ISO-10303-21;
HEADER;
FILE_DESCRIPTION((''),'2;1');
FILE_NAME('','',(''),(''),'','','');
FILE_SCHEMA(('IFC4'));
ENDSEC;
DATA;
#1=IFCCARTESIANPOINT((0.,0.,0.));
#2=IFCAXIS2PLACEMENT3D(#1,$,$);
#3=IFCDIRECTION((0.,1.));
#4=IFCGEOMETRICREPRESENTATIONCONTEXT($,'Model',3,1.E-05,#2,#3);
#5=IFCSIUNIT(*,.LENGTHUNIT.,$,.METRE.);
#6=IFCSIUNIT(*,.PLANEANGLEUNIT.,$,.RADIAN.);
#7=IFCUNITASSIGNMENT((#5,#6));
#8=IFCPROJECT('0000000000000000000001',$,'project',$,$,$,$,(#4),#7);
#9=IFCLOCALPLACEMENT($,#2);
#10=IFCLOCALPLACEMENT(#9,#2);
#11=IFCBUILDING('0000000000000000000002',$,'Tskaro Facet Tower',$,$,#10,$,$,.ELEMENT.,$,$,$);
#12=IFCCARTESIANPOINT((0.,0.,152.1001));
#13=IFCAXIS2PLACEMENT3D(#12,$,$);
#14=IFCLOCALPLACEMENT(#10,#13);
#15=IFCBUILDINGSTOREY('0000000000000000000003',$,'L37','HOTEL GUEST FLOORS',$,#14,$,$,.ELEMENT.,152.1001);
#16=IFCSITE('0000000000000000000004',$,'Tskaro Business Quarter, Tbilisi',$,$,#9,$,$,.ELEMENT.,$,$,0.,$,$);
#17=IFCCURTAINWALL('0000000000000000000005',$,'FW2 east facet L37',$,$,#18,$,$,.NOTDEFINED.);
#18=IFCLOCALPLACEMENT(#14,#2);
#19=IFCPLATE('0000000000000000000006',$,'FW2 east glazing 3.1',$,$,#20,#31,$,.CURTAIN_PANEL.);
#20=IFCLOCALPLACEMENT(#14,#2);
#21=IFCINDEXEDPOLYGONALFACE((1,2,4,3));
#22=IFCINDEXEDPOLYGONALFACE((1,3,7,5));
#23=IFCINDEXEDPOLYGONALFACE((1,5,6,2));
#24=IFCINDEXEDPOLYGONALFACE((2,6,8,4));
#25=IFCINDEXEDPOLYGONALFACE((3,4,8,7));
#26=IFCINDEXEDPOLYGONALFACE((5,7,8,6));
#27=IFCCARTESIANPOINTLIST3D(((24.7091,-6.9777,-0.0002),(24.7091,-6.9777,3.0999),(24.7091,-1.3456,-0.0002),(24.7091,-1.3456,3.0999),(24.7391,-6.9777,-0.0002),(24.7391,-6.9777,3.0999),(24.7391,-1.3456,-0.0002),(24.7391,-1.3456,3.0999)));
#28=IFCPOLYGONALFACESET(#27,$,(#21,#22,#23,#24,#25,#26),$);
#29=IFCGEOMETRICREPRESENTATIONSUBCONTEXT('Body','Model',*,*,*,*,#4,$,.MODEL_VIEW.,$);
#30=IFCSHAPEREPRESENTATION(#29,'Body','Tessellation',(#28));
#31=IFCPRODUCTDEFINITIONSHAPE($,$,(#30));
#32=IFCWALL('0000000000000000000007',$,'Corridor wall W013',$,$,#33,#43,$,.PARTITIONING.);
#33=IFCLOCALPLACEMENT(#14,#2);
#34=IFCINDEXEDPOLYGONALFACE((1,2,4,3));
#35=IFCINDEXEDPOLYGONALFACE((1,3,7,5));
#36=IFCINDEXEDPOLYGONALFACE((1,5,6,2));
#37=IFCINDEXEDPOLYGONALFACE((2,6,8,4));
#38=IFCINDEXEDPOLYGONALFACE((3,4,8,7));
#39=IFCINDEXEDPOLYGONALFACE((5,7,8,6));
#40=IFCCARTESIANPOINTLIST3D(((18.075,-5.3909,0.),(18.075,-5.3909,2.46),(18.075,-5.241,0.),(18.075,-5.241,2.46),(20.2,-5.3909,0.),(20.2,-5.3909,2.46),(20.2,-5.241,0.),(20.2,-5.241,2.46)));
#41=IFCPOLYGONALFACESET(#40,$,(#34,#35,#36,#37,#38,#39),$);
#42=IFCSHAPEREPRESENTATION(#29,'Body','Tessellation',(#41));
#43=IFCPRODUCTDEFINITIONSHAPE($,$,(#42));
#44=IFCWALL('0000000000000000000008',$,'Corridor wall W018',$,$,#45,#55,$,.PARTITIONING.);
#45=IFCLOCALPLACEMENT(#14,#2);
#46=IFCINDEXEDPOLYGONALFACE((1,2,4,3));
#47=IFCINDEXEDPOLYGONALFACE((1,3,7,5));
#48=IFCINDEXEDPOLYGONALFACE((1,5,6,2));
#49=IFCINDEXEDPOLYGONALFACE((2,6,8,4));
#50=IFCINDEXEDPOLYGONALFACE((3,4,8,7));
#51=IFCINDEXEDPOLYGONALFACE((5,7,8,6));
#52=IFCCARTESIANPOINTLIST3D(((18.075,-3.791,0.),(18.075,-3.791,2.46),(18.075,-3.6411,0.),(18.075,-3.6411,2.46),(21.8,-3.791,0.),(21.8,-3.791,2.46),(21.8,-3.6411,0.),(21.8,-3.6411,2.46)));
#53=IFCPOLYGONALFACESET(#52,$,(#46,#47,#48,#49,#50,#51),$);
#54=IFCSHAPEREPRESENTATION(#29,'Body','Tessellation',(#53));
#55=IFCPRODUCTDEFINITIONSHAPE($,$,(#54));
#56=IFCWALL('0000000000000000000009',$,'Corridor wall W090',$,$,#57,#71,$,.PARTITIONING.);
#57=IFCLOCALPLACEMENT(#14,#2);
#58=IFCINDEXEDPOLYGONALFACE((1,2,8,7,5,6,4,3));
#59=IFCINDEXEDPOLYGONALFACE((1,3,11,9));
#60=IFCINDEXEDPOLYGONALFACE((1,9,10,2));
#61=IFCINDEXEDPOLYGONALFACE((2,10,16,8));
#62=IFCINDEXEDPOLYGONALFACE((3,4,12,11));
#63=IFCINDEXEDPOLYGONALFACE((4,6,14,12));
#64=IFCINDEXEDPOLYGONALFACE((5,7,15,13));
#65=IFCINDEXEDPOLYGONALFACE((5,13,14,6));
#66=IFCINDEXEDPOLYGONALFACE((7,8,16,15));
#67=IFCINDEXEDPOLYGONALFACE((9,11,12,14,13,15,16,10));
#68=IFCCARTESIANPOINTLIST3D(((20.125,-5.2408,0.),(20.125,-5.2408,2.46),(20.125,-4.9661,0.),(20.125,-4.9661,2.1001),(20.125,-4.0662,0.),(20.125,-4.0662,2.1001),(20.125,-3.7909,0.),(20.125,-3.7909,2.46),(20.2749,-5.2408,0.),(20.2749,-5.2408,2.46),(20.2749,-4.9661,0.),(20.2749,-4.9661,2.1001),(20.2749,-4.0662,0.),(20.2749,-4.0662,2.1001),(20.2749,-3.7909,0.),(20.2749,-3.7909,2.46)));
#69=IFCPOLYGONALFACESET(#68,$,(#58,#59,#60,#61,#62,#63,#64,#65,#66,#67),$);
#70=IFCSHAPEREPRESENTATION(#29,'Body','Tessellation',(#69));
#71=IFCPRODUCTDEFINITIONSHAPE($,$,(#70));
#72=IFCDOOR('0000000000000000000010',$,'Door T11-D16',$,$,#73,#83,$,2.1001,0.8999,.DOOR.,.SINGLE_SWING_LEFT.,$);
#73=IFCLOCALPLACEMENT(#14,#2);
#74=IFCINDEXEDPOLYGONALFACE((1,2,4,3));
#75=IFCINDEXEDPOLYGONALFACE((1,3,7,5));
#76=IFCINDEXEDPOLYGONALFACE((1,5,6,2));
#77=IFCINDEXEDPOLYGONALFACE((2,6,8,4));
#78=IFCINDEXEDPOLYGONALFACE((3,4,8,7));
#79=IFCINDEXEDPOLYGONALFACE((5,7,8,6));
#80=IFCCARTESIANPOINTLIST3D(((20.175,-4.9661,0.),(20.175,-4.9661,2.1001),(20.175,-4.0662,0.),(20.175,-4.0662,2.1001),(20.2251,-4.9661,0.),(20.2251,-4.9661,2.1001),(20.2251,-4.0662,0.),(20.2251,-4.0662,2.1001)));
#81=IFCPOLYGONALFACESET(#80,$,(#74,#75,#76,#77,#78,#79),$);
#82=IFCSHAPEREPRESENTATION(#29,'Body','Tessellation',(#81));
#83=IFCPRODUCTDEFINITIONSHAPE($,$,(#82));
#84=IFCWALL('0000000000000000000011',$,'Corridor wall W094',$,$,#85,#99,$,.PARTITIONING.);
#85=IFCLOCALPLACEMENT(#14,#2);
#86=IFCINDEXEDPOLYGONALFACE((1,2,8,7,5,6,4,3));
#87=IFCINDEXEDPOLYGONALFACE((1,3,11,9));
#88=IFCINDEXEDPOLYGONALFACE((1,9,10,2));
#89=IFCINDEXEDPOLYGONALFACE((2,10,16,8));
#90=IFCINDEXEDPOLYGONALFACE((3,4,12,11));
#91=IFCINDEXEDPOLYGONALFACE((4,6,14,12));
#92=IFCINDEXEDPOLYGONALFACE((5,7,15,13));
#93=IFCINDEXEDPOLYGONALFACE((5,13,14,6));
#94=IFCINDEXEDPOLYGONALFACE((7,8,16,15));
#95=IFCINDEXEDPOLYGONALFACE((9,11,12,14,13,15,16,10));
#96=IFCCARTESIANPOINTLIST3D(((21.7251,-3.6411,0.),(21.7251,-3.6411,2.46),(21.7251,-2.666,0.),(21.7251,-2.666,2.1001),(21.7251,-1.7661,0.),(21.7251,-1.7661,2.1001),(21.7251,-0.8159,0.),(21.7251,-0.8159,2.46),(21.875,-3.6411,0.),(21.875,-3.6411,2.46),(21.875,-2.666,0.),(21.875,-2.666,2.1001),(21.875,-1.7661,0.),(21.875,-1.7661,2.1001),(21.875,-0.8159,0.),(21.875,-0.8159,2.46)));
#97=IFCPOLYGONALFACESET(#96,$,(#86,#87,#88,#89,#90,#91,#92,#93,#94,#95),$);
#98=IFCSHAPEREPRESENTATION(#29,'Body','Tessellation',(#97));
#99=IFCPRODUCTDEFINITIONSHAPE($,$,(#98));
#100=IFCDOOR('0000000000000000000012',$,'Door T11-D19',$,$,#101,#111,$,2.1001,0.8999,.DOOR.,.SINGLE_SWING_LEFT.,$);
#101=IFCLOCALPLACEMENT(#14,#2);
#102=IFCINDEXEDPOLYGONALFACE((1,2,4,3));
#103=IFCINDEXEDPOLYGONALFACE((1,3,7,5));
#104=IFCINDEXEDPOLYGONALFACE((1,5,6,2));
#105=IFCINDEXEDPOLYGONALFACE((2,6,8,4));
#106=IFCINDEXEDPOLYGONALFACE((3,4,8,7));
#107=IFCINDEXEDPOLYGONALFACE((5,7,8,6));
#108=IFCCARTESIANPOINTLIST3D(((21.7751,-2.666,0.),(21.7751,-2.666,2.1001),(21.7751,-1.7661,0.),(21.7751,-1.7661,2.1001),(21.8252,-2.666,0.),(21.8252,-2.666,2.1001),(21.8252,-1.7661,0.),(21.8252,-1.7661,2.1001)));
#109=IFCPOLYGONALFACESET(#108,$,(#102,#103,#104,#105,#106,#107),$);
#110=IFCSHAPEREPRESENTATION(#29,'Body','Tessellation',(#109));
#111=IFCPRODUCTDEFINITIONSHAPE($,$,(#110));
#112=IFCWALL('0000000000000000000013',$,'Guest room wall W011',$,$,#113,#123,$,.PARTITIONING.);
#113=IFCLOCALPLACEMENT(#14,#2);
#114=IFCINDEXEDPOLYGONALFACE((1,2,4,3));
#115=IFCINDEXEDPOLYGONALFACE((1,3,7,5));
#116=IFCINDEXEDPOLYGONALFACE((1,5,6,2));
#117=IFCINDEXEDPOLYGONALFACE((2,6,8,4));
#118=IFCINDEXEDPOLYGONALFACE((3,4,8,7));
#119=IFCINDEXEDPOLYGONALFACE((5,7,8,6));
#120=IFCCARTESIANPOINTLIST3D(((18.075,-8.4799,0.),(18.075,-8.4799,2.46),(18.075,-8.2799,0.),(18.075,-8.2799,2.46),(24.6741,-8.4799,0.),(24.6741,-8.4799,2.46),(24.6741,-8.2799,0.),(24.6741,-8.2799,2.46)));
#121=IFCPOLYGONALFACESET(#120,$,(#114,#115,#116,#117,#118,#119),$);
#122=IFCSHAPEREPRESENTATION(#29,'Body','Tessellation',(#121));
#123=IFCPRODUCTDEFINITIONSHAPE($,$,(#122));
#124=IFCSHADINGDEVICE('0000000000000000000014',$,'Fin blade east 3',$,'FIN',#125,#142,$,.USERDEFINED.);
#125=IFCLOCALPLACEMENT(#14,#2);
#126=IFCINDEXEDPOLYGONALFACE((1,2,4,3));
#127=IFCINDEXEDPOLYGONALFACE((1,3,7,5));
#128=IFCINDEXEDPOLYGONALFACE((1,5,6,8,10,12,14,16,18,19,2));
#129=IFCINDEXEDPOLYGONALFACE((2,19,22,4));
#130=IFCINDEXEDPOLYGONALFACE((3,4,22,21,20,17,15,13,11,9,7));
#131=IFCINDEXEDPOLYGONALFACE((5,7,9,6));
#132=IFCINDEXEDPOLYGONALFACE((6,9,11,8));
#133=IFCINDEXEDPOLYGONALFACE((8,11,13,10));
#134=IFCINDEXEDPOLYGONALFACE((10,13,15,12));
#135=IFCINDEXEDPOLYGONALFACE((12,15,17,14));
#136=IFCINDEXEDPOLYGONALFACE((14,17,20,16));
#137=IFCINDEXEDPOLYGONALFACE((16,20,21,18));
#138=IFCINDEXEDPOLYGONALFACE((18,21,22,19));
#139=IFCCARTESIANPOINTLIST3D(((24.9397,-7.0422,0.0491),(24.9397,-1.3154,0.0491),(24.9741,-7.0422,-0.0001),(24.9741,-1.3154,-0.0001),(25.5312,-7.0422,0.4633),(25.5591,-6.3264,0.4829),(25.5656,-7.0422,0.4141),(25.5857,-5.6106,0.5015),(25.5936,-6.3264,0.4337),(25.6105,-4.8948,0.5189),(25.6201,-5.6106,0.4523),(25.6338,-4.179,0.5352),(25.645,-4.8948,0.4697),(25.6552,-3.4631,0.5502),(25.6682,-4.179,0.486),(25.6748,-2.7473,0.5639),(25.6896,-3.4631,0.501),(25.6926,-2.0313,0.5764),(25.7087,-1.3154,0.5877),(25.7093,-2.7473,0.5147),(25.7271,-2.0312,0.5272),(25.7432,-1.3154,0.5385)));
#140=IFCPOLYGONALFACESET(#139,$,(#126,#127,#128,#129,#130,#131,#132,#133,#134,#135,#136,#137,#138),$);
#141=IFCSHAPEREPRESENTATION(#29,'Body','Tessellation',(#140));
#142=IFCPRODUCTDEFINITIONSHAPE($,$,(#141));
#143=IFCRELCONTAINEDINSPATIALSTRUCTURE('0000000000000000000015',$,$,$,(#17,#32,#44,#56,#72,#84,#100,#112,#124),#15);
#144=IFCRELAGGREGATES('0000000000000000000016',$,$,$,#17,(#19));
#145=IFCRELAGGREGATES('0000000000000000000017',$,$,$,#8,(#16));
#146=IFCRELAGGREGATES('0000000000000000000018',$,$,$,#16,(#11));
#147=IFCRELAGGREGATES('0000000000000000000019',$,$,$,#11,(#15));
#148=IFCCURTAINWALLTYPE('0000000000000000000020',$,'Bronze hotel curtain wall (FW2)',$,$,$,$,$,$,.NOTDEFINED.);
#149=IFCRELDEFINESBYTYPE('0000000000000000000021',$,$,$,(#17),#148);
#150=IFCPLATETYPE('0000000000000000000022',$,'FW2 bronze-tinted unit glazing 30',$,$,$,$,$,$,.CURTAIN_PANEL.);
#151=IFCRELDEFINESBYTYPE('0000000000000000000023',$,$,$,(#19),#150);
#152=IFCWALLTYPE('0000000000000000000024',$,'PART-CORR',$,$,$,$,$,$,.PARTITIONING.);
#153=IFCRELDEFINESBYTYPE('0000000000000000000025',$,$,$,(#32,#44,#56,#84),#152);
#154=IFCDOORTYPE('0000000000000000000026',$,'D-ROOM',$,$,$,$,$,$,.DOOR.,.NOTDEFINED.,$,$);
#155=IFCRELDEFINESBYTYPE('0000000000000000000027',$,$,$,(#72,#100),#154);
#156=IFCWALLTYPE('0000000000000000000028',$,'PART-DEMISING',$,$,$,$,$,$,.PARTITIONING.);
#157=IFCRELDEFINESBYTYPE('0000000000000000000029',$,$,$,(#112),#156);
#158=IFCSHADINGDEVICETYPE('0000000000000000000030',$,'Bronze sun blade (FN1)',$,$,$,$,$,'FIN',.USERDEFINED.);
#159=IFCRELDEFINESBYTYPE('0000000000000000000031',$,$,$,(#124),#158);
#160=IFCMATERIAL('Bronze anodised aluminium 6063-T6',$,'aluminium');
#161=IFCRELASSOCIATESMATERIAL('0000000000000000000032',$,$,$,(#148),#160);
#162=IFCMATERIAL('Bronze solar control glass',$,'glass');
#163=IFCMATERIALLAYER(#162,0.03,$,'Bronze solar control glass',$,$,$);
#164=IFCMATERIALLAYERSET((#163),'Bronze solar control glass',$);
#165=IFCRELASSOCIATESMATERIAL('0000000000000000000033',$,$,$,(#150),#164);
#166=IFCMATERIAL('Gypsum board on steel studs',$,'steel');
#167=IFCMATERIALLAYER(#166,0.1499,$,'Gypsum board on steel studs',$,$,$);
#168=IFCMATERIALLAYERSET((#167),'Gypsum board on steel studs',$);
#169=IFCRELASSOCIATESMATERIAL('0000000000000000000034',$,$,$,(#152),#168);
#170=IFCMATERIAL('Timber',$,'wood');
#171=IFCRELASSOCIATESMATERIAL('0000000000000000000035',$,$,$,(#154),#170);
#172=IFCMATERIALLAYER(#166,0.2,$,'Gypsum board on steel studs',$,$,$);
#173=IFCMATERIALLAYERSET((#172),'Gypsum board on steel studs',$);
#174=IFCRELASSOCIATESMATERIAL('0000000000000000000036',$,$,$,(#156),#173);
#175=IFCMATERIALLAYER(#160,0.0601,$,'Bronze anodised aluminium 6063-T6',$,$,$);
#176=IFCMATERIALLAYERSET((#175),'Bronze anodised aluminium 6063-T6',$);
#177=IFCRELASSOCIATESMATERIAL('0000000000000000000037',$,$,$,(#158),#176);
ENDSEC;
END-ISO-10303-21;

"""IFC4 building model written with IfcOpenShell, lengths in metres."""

from ifc_helpers import new_model, si_unit, direction, frame, frame_2d, origin, origin_2d, place, context, subcontext, project, spatial, polyline, rectangle, outline, extrude, material, layer, layer_set, type_object, element, fill, aggregate, save


model = new_model("IFC4")

# Units and contexts
model_context = context("Model", 3, precision=1e-05, world=origin(), true_north=direction((0.0, 1.0)))
body_context = subcontext(model_context, "Body", "Model", "MODEL_VIEW")
ifc_project = project(units=[si_unit("LENGTHUNIT", "METRE"), si_unit("PLANEANGLEUNIT", "RADIAN")], contexts=[model_context])

# Site, building, storey
site_placement = place(None, origin())
site = spatial("IfcSite", under=ifc_project, at=site_placement, Name="Tskaro Business Quarter, Tbilisi", CompositionType="ELEMENT", RefElevation=0.0)
building_placement = place(site_placement, origin())
building = spatial("IfcBuilding", under=site, at=building_placement, Name="Tskaro Facet Tower", CompositionType="ELEMENT")
storey_placement = place(building_placement, frame((0.0, 0.0, 152.1001)))
storey = spatial("IfcBuildingStorey", under=building, at=storey_placement, Name="L37", Description="HOTEL GUEST FLOORS", CompositionType="ELEMENT", Elevation=152.1001)

# Curtain wall
ifc_material_1 = material(Name="Bronze anodised aluminium 6063-T6", Category="aluminium")
curtain_wall_type = type_object("IfcCurtainWallType", Name="Bronze hotel curtain wall (FW2)", PredefinedType="NOTDEFINED", material=ifc_material_1)
curtain_wall_placement = place(storey_placement, origin())
curtain_wall = element("IfcCurtainWall", 1, at=curtain_wall_placement, inside=storey, type_object=curtain_wall_type, Name="FW2 east facet L37", PredefinedType="NOTDEFINED")

# Plate
ifc_material_2 = material(Name="Bronze solar control glass", Category="glass")
ifc_layer_1 = layer(ifc_material_2, 0.03, Name="Bronze solar control glass")
ifc_layer_set_1 = layer_set([ifc_layer_1], Name="Bronze solar control glass")
plate_type = type_object("IfcPlateType", Name="FW2 bronze-tinted unit glazing 30", PredefinedType="CURTAIN_PANEL", material=ifc_layer_set_1)
plate_placement = place(storey_placement, frame((24.7241, -4.1616, -0.0002), z_axis=(0.0, 0.0, 1.0), x_axis=(0.0, 1.0, 0.0)))
plate = element("IfcPlate", 2, at=plate_placement, type_object=plate_type, Name="FW2 east glazing 3.1", PredefinedType="CURTAIN_PANEL", context=body_context, shape_type="SweptSolid", body=[
    extrude(rectangle(XDim=5.6321, YDim=0.03, at=origin_2d()), origin(), (0.0, 0.0, 1.0), 3.1001),
])
aggregate(curtain_wall, [plate])

# Walls
ifc_material_3 = material(Name="Gypsum board on steel studs", Category="steel")
ifc_layer_2 = layer(ifc_material_3, 0.1499, Name="Gypsum board on steel studs")
ifc_layer_set_2 = layer_set([ifc_layer_2], Name="Gypsum board on steel studs")
wall_type_1 = type_object("IfcWallType", Name="PART-CORR", PredefinedType="PARTITIONING", material=ifc_layer_set_2)
wall_1_placement = place(storey_placement, frame((18.075, -5.3159, 0.0), z_axis=(0.0, 0.0, 1.0), x_axis=(1.0, 0.0, 0.0)))
element("IfcWall", 3, at=wall_1_placement, inside=storey, type_object=wall_type_1, Name="Corridor wall W013", PredefinedType="PARTITIONING", context=body_context, shape_type="SweptSolid", body=[
    extrude(rectangle(XDim=2.125, YDim=0.1499, at=frame_2d((1.0625, 0.0))), origin(), (0.0, 0.0, 1.0), 2.46),
])
wall_2_placement = place(storey_placement, frame((18.075, -3.7161, 0.0), z_axis=(0.0, 0.0, 1.0), x_axis=(1.0, 0.0, 0.0)))
element("IfcWall", 4, at=wall_2_placement, inside=storey, type_object=wall_type_1, Name="Corridor wall W018", PredefinedType="PARTITIONING", context=body_context, shape_type="SweptSolid", body=[
    extrude(rectangle(XDim=3.7251, YDim=0.1499, at=frame_2d((1.8625, 0.0))), origin(), (0.0, 0.0, 1.0), 2.46),
])

# Walls, openings, doors
wall_3_placement = place(storey_placement, frame((20.2, -5.241, 0.0), z_axis=(0.0, 0.0, 1.0), x_axis=(0.0, 1.0, 0.0)))
wall_3 = element("IfcWall", 5, at=wall_3_placement, inside=storey, type_object=wall_type_1, Name="Corridor wall W090", PredefinedType="PARTITIONING", context=body_context, shape_type="SweptSolid", body=[
    extrude(rectangle(XDim=1.45, YDim=0.1499, at=frame_2d((0.7251, 0.0))), origin(), (0.0, 0.0, 1.0), 2.46),
])
opening_1_placement = place(wall_3_placement, frame((0.2749, 0.0, 0.0)))
opening_1 = element("IfcOpeningElement", 6, at=opening_1_placement, cuts=wall_3, PredefinedType="OPENING", context=body_context, shape_type="SweptSolid", body=[
    extrude(rectangle(XDim=0.8999, YDim=2.1001, at=frame_2d((0.45, 1.05))), frame((0.0, 0.085, 0.0), z_axis=(0.0, -1.0, 0.0), x_axis=(1.0, 0.0, 0.0)), (0.0, 0.0, 1.0), 0.1699),
])
ifc_material_4 = material(Name="Timber", Category="wood")
door_type = type_object("IfcDoorType", Name="D-ROOM", OperationType="NOTDEFINED", PredefinedType="DOOR", material=ifc_material_4)
door_1_placement = place(opening_1_placement, origin())
door_1 = element("IfcDoor", 7, at=door_1_placement, inside=storey, type_object=door_type, Name="Door T11-D16", OperationType="SINGLE_SWING_LEFT", OverallHeight=2.1001, OverallWidth=0.8999, PredefinedType="DOOR", context=body_context, shape_type="SweptSolid", body=[
    extrude(rectangle(XDim=0.8999, YDim=2.1001, at=frame_2d((0.45, 1.05))), frame((0.0, 0.0249, 0.0), z_axis=(0.0, -1.0, 0.0), x_axis=(1.0, 0.0, 0.0)), (0.0, 0.0, 1.0), 0.05),
])
fill(opening_1, door_1)
wall_4_placement = place(storey_placement, frame((21.8, -3.6411, 0.0), z_axis=(0.0, 0.0, 1.0), x_axis=(0.0, 1.0, 0.0)))
wall_4 = element("IfcWall", 8, at=wall_4_placement, inside=storey, type_object=wall_type_1, Name="Corridor wall W094", PredefinedType="PARTITIONING", context=body_context, shape_type="SweptSolid", body=[
    extrude(rectangle(XDim=2.8252, YDim=0.1499, at=frame_2d((1.4126, 0.0))), origin(), (0.0, 0.0, 1.0), 2.46),
])
opening_2_placement = place(wall_4_placement, frame((0.9751, 0.0, 0.0)))
opening_2 = element("IfcOpeningElement", 9, at=opening_2_placement, cuts=wall_4, PredefinedType="OPENING", context=body_context, shape_type="SweptSolid", body=[
    extrude(rectangle(XDim=0.8999, YDim=2.1001, at=frame_2d((0.45, 1.05))), frame((0.0, 0.085, 0.0), z_axis=(0.0, -1.0, 0.0), x_axis=(1.0, 0.0, 0.0)), (0.0, 0.0, 1.0), 0.1699),
])
door_2_placement = place(opening_2_placement, origin())
door_2 = element("IfcDoor", 10, at=door_2_placement, inside=storey, type_object=door_type, Name="Door T11-D19", OperationType="SINGLE_SWING_LEFT", OverallHeight=2.1001, OverallWidth=0.8999, PredefinedType="DOOR", context=body_context, shape_type="SweptSolid", body=[
    extrude(rectangle(XDim=0.8999, YDim=2.1001, at=frame_2d((0.45, 1.05))), frame((0.0, 0.0249, 0.0), z_axis=(0.0, -1.0, 0.0), x_axis=(1.0, 0.0, 0.0)), (0.0, 0.0, 1.0), 0.05),
])
fill(opening_2, door_2)

# Wall
ifc_layer_3 = layer(ifc_material_3, 0.2, Name="Gypsum board on steel studs")
ifc_layer_set_3 = layer_set([ifc_layer_3], Name="Gypsum board on steel studs")
wall_type_2 = type_object("IfcWallType", Name="PART-DEMISING", PredefinedType="PARTITIONING", material=ifc_layer_set_3)
wall_5_placement = place(storey_placement, frame((18.075, -8.3799, 0.0), z_axis=(0.0, 0.0, 1.0), x_axis=(1.0, 0.0, 0.0)))
element("IfcWall", 11, at=wall_5_placement, inside=storey, type_object=wall_type_2, Name="Guest room wall W011", PredefinedType="PARTITIONING", context=body_context, shape_type="SweptSolid", body=[
    extrude(rectangle(XDim=6.5991, YDim=0.2, at=frame_2d((3.2996, 0.0))), origin(), (0.0, 0.0, 1.0), 2.46),
])

# Shading device
ifc_layer_4 = layer(ifc_material_1, 0.0601, Name="Bronze anodised aluminium 6063-T6")
ifc_layer_set_4 = layer_set([ifc_layer_4], Name="Bronze anodised aluminium 6063-T6")
shading_device_type = type_object("IfcShadingDeviceType", Name="Bronze sun blade (FN1)", ElementType="FIN", PredefinedType="USERDEFINED", material=ifc_layer_set_4)
shading_device_placement = place(storey_placement, frame((24.9397, -7.0422, 0.0491), z_axis=(-0.573619, -0.000014, 0.819122), x_axis=(-0.000008, 1.0, 0.000011)))
element("IfcShadingDevice", 12, at=shading_device_placement, inside=storey, type_object=shading_device_type, Name="Fin blade east 3", ObjectType="FIN", PredefinedType="USERDEFINED", context=body_context, shape_type="SweptSolid", body=[
    extrude(outline(polyline([(0.0, 0.0), (5.7268, 0.0), (5.7268, -0.9389), (5.011, -0.9192), (4.2949, -0.8975), (3.5791, -0.8735), (2.8633, -0.8474), (2.1475, -0.819), (1.4316, -0.7887), (0.7158, -0.7562), (0.0, -0.7221), (0.0, 0.0)])), origin(), (0.0, 0.0, -1.0), 0.0601),
])

save(model, "model.ifc")
